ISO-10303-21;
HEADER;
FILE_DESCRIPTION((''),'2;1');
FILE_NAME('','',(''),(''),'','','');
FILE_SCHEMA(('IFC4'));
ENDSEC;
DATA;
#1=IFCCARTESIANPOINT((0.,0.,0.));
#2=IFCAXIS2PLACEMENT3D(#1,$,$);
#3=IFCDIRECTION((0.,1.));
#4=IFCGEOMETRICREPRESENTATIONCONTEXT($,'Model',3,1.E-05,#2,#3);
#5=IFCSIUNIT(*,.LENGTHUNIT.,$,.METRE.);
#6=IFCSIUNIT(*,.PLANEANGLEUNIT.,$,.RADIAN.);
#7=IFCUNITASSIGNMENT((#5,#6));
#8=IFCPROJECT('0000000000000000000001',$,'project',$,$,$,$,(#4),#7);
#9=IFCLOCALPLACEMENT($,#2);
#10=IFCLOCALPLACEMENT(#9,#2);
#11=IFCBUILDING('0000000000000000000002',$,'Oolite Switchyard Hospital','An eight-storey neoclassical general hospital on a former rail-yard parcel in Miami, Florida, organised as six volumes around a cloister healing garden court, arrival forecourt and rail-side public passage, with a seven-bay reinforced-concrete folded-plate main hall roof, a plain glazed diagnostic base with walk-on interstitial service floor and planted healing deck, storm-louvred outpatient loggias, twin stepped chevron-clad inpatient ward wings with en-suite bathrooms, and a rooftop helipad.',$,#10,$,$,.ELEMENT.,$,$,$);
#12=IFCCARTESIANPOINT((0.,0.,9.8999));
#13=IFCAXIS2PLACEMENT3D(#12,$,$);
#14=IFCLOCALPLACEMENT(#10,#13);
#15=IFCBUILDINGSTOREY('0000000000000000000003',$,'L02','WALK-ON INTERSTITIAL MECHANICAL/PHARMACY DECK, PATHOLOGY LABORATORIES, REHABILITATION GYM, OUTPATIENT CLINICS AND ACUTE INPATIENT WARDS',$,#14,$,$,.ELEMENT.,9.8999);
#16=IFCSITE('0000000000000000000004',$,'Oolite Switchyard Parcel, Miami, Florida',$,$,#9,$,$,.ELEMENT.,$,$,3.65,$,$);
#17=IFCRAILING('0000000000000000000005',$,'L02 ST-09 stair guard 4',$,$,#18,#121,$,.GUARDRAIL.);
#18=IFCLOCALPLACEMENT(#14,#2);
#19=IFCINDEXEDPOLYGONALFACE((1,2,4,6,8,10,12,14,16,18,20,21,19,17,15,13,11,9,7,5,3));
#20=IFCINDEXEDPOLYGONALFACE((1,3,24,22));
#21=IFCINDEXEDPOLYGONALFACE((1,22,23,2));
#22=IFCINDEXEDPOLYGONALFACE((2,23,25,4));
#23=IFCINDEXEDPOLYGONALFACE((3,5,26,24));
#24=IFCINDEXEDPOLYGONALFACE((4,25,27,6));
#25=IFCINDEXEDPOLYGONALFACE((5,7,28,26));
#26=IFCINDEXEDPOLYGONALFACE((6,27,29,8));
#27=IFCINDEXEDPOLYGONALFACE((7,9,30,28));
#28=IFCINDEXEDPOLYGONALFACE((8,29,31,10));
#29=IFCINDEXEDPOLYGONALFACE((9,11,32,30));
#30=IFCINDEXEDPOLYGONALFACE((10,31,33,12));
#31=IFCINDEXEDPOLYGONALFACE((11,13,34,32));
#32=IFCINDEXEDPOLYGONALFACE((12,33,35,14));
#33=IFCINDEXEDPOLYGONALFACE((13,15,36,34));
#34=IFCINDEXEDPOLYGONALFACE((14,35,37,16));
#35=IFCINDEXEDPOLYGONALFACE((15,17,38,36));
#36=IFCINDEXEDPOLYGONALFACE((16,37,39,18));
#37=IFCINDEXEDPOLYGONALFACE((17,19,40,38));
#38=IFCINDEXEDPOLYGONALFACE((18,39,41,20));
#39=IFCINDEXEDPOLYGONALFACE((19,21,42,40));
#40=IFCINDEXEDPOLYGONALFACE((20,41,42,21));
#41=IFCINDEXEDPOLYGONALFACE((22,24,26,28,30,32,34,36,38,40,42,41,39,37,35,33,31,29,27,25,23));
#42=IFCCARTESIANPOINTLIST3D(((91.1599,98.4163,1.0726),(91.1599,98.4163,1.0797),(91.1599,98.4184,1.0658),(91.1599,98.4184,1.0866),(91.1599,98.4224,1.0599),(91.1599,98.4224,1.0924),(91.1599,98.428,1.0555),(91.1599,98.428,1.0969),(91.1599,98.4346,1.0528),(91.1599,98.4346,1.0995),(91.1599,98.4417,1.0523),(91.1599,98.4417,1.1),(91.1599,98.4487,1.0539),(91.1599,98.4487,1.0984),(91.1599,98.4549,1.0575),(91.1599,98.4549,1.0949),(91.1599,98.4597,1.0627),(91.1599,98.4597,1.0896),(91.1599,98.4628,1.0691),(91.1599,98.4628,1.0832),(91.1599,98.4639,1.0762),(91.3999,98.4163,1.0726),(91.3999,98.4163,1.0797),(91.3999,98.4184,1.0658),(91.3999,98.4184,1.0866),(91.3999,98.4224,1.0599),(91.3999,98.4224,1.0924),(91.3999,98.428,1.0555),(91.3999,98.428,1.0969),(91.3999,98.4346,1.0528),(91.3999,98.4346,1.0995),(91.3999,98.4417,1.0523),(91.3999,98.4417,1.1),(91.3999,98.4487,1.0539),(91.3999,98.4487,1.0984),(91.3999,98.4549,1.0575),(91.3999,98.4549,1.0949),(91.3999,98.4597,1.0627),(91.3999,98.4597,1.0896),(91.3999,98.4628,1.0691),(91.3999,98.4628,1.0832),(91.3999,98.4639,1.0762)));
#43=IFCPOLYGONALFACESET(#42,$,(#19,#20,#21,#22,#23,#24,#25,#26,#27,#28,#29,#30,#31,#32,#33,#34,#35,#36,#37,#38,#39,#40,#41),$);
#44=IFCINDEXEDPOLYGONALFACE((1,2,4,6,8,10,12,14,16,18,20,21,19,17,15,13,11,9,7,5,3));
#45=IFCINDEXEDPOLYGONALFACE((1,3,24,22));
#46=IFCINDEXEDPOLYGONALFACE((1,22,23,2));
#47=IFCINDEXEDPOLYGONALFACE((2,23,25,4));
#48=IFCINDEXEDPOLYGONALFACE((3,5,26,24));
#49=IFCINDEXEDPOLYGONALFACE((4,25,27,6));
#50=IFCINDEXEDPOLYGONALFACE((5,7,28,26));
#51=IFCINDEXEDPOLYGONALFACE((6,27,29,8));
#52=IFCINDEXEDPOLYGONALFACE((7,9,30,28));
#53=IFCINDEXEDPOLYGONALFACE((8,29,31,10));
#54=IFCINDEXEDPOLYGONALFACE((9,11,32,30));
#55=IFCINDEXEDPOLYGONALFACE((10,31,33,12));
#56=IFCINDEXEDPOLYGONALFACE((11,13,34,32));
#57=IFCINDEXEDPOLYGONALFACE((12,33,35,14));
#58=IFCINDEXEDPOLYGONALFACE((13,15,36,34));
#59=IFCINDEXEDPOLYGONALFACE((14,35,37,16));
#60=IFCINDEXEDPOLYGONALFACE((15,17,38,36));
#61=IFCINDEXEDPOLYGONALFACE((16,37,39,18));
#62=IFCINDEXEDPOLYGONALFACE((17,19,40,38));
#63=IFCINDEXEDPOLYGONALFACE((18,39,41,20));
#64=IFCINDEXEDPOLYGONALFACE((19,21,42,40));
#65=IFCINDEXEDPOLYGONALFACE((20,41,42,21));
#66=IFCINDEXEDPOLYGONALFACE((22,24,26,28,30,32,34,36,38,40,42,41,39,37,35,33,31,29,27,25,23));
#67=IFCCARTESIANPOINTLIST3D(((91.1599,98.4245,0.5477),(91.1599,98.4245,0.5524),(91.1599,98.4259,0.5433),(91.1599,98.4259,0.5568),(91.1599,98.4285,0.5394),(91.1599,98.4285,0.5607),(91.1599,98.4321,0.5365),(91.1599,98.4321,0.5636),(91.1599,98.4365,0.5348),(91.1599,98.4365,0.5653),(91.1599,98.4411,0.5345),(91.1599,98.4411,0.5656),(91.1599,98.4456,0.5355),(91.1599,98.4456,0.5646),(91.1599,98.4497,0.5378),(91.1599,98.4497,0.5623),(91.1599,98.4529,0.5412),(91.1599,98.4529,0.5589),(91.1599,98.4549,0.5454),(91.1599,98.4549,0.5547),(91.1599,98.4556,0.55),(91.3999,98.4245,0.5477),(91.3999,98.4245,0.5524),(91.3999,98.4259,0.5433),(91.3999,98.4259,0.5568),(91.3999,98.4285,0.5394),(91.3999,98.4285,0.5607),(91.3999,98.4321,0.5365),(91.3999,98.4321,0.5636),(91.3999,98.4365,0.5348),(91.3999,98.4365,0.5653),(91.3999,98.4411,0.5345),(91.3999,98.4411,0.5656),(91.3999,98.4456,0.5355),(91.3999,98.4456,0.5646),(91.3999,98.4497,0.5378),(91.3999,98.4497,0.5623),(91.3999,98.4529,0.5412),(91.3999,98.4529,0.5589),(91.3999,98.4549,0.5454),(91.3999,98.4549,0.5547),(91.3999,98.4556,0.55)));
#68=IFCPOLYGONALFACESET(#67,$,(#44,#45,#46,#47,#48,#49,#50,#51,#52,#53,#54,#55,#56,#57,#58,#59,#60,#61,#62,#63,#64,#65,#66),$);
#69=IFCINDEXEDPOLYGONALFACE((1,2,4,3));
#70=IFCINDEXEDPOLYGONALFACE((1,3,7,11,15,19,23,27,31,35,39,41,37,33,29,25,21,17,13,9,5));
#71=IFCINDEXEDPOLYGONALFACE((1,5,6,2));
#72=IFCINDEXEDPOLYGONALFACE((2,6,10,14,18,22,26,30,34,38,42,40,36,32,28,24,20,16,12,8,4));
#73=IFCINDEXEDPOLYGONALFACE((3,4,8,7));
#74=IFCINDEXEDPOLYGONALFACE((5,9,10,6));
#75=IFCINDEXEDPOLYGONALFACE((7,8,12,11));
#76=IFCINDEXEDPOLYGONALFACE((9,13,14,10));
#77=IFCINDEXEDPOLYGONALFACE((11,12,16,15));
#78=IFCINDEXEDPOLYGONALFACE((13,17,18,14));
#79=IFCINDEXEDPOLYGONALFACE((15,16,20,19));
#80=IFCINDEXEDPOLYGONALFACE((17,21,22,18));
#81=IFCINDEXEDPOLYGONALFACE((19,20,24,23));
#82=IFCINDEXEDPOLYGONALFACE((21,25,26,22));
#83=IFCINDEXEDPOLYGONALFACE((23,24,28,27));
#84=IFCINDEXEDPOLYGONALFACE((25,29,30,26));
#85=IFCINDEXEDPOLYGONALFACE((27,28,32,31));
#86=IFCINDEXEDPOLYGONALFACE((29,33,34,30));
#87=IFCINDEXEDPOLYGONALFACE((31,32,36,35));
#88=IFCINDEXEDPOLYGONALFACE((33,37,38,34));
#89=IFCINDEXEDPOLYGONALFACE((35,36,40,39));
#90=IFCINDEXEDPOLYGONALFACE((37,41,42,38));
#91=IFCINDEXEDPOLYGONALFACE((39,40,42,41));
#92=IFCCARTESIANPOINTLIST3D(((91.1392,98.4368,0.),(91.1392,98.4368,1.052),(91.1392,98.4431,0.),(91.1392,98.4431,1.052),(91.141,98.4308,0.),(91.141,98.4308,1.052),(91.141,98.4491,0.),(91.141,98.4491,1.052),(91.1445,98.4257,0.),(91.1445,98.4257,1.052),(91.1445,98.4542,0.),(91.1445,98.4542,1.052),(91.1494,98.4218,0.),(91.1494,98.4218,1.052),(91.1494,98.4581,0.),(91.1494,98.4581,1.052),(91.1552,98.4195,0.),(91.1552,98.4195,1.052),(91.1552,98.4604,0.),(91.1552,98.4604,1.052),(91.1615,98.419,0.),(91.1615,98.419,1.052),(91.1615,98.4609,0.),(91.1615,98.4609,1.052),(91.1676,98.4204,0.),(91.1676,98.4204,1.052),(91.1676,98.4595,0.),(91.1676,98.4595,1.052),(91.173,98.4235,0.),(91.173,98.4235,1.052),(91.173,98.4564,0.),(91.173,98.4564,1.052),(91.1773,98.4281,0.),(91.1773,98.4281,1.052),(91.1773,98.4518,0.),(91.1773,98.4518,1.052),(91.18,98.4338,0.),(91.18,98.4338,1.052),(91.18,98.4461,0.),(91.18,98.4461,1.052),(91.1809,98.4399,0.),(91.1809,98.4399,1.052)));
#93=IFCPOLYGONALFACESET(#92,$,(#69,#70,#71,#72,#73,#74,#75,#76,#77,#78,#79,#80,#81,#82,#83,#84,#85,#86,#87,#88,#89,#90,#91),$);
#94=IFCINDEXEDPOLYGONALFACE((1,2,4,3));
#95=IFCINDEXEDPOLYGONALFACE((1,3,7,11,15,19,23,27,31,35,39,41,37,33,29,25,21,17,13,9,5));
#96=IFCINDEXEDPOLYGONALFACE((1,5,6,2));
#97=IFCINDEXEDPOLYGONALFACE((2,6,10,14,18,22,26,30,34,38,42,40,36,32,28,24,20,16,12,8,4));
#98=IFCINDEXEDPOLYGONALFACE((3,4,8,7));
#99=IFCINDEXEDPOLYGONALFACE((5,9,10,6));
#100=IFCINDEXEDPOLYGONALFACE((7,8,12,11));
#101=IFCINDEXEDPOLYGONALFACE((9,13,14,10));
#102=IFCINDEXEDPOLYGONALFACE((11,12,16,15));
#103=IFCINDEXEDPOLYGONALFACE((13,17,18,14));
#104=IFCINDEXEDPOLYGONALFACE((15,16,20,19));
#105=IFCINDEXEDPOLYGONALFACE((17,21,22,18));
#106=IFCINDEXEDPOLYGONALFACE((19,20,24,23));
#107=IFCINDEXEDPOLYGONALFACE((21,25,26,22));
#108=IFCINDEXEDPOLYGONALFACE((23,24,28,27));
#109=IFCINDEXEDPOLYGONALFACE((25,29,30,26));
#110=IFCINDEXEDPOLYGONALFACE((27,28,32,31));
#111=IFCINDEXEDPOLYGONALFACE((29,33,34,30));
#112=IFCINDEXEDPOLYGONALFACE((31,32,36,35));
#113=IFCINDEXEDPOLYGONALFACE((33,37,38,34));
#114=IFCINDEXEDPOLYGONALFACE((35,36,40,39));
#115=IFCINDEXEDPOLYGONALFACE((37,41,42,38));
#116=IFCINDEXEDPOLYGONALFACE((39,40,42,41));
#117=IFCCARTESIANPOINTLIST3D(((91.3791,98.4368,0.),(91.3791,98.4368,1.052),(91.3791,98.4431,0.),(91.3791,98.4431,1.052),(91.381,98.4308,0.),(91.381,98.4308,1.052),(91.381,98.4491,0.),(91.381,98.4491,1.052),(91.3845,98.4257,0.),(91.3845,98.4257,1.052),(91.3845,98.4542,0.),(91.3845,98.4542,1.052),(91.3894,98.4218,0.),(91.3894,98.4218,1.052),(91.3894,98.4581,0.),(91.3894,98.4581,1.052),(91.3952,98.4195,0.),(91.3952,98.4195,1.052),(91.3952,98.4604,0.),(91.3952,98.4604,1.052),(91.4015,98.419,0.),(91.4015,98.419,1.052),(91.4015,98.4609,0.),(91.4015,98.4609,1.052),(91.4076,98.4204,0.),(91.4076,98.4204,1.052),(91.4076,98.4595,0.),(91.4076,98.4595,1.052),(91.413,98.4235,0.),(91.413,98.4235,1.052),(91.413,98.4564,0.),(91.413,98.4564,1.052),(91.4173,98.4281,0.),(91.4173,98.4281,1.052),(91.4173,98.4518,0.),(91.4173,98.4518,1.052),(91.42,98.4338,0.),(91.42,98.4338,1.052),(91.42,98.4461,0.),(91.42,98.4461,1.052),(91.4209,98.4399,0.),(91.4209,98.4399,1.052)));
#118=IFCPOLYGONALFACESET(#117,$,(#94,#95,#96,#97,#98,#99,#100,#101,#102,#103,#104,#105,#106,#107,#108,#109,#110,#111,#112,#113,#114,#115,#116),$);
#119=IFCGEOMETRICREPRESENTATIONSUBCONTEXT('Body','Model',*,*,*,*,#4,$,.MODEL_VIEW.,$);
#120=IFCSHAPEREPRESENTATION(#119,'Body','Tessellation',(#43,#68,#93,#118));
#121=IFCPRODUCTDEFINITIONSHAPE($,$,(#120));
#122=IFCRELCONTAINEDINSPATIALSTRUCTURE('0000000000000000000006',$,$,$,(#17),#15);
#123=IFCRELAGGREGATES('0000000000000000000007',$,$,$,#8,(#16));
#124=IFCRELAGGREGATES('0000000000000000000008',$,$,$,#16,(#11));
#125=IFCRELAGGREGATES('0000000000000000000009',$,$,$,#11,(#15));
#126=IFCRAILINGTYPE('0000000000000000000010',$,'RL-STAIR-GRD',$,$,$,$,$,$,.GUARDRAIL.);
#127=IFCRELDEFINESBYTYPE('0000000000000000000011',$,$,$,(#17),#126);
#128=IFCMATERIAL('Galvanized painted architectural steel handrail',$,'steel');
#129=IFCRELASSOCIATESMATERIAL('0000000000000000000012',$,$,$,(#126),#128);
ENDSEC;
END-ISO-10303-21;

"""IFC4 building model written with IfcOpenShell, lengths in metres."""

from ifc_helpers import new_model, si_unit, direction, frame, origin, origin_2d, place, context, subcontext, project, spatial, circle, extrude, material, type_object, element, save


model = new_model("IFC4")

# Units and contexts
model_context = context("Model", 3, precision=1e-05, world=origin(), true_north=direction((0.0, 1.0)))
body_context = subcontext(model_context, "Body", "Model", "MODEL_VIEW")
ifc_project = project(units=[si_unit("LENGTHUNIT", "METRE"), si_unit("PLANEANGLEUNIT", "RADIAN")], contexts=[model_context])

# Site, building, storey
site_placement = place(None, origin())
site = spatial("IfcSite", under=ifc_project, at=site_placement, Name="Oolite Switchyard Parcel, Miami, Florida", CompositionType="ELEMENT", RefElevation=3.65)
building_placement = place(site_placement, origin())
building = spatial("IfcBuilding", under=site, at=building_placement, Name="Oolite Switchyard Hospital", Description="An eight-storey neoclassical general hospital on a former rail-yard parcel in Miami, Florida, organised as six volumes around a cloister healing garden court, arrival forecourt and rail-side public passage, with a seven-bay reinforced-concrete folded-plate main hall roof, a plain glazed diagnostic base with walk-on interstitial service floor and planted healing deck, storm-louvred outpatient loggias, twin stepped chevron-clad inpatient ward wings with en-suite bathrooms, and a rooftop helipad.", CompositionType="ELEMENT")
storey_placement = place(building_placement, frame((0.0, 0.0, 9.8999)))
storey = spatial("IfcBuildingStorey", under=building, at=storey_placement, Name="L02", Description="WALK-ON INTERSTITIAL MECHANICAL/PHARMACY DECK, PATHOLOGY LABORATORIES, REHABILITATION GYM, OUTPATIENT CLINICS AND ACUTE INPATIENT WARDS", CompositionType="ELEMENT", Elevation=9.8999)

# Railing
ifc_material_1 = material(Name="Galvanized painted architectural steel handrail", Category="steel")
railing_type_1 = type_object("IfcRailingType", Name="RL-STAIR-GRD", PredefinedType="GUARDRAIL", material=ifc_material_1)
railing_1_placement = place(storey_placement, frame((91.1599, 98.4399, 0.0)))
element("IfcRailing", 1, at=railing_1_placement, inside=storey, type_object=railing_type_1, Name="L02 ST-09 stair guard 4", PredefinedType="GUARDRAIL", context=body_context, shape_type="SweptSolid", body=[
    extrude(circle(Radius=0.0239, at=origin_2d()), frame((0.0, 0.0, 1.0762), z_axis=(1.0, 0.0, 0.0), x_axis=(0.0, 1.0, 0.0)), (0.0, 0.0, 1.0), 0.24),
    extrude(circle(Radius=0.0156, at=origin_2d()), frame((0.0, 0.0, 0.55), z_axis=(1.0, 0.0, 0.0), x_axis=(0.0, 1.0, 0.0)), (0.0, 0.0, 1.0), 0.24),
    extrude(circle(Radius=0.021, at=origin_2d()), origin(), (0.0, 0.0, 1.0), 1.052),
    extrude(circle(Radius=0.021, at=origin_2d()), frame((0.24, 0.0, 0.0)), (0.0, 0.0, 1.0), 1.052),
])

save(model, "model.ifc")
